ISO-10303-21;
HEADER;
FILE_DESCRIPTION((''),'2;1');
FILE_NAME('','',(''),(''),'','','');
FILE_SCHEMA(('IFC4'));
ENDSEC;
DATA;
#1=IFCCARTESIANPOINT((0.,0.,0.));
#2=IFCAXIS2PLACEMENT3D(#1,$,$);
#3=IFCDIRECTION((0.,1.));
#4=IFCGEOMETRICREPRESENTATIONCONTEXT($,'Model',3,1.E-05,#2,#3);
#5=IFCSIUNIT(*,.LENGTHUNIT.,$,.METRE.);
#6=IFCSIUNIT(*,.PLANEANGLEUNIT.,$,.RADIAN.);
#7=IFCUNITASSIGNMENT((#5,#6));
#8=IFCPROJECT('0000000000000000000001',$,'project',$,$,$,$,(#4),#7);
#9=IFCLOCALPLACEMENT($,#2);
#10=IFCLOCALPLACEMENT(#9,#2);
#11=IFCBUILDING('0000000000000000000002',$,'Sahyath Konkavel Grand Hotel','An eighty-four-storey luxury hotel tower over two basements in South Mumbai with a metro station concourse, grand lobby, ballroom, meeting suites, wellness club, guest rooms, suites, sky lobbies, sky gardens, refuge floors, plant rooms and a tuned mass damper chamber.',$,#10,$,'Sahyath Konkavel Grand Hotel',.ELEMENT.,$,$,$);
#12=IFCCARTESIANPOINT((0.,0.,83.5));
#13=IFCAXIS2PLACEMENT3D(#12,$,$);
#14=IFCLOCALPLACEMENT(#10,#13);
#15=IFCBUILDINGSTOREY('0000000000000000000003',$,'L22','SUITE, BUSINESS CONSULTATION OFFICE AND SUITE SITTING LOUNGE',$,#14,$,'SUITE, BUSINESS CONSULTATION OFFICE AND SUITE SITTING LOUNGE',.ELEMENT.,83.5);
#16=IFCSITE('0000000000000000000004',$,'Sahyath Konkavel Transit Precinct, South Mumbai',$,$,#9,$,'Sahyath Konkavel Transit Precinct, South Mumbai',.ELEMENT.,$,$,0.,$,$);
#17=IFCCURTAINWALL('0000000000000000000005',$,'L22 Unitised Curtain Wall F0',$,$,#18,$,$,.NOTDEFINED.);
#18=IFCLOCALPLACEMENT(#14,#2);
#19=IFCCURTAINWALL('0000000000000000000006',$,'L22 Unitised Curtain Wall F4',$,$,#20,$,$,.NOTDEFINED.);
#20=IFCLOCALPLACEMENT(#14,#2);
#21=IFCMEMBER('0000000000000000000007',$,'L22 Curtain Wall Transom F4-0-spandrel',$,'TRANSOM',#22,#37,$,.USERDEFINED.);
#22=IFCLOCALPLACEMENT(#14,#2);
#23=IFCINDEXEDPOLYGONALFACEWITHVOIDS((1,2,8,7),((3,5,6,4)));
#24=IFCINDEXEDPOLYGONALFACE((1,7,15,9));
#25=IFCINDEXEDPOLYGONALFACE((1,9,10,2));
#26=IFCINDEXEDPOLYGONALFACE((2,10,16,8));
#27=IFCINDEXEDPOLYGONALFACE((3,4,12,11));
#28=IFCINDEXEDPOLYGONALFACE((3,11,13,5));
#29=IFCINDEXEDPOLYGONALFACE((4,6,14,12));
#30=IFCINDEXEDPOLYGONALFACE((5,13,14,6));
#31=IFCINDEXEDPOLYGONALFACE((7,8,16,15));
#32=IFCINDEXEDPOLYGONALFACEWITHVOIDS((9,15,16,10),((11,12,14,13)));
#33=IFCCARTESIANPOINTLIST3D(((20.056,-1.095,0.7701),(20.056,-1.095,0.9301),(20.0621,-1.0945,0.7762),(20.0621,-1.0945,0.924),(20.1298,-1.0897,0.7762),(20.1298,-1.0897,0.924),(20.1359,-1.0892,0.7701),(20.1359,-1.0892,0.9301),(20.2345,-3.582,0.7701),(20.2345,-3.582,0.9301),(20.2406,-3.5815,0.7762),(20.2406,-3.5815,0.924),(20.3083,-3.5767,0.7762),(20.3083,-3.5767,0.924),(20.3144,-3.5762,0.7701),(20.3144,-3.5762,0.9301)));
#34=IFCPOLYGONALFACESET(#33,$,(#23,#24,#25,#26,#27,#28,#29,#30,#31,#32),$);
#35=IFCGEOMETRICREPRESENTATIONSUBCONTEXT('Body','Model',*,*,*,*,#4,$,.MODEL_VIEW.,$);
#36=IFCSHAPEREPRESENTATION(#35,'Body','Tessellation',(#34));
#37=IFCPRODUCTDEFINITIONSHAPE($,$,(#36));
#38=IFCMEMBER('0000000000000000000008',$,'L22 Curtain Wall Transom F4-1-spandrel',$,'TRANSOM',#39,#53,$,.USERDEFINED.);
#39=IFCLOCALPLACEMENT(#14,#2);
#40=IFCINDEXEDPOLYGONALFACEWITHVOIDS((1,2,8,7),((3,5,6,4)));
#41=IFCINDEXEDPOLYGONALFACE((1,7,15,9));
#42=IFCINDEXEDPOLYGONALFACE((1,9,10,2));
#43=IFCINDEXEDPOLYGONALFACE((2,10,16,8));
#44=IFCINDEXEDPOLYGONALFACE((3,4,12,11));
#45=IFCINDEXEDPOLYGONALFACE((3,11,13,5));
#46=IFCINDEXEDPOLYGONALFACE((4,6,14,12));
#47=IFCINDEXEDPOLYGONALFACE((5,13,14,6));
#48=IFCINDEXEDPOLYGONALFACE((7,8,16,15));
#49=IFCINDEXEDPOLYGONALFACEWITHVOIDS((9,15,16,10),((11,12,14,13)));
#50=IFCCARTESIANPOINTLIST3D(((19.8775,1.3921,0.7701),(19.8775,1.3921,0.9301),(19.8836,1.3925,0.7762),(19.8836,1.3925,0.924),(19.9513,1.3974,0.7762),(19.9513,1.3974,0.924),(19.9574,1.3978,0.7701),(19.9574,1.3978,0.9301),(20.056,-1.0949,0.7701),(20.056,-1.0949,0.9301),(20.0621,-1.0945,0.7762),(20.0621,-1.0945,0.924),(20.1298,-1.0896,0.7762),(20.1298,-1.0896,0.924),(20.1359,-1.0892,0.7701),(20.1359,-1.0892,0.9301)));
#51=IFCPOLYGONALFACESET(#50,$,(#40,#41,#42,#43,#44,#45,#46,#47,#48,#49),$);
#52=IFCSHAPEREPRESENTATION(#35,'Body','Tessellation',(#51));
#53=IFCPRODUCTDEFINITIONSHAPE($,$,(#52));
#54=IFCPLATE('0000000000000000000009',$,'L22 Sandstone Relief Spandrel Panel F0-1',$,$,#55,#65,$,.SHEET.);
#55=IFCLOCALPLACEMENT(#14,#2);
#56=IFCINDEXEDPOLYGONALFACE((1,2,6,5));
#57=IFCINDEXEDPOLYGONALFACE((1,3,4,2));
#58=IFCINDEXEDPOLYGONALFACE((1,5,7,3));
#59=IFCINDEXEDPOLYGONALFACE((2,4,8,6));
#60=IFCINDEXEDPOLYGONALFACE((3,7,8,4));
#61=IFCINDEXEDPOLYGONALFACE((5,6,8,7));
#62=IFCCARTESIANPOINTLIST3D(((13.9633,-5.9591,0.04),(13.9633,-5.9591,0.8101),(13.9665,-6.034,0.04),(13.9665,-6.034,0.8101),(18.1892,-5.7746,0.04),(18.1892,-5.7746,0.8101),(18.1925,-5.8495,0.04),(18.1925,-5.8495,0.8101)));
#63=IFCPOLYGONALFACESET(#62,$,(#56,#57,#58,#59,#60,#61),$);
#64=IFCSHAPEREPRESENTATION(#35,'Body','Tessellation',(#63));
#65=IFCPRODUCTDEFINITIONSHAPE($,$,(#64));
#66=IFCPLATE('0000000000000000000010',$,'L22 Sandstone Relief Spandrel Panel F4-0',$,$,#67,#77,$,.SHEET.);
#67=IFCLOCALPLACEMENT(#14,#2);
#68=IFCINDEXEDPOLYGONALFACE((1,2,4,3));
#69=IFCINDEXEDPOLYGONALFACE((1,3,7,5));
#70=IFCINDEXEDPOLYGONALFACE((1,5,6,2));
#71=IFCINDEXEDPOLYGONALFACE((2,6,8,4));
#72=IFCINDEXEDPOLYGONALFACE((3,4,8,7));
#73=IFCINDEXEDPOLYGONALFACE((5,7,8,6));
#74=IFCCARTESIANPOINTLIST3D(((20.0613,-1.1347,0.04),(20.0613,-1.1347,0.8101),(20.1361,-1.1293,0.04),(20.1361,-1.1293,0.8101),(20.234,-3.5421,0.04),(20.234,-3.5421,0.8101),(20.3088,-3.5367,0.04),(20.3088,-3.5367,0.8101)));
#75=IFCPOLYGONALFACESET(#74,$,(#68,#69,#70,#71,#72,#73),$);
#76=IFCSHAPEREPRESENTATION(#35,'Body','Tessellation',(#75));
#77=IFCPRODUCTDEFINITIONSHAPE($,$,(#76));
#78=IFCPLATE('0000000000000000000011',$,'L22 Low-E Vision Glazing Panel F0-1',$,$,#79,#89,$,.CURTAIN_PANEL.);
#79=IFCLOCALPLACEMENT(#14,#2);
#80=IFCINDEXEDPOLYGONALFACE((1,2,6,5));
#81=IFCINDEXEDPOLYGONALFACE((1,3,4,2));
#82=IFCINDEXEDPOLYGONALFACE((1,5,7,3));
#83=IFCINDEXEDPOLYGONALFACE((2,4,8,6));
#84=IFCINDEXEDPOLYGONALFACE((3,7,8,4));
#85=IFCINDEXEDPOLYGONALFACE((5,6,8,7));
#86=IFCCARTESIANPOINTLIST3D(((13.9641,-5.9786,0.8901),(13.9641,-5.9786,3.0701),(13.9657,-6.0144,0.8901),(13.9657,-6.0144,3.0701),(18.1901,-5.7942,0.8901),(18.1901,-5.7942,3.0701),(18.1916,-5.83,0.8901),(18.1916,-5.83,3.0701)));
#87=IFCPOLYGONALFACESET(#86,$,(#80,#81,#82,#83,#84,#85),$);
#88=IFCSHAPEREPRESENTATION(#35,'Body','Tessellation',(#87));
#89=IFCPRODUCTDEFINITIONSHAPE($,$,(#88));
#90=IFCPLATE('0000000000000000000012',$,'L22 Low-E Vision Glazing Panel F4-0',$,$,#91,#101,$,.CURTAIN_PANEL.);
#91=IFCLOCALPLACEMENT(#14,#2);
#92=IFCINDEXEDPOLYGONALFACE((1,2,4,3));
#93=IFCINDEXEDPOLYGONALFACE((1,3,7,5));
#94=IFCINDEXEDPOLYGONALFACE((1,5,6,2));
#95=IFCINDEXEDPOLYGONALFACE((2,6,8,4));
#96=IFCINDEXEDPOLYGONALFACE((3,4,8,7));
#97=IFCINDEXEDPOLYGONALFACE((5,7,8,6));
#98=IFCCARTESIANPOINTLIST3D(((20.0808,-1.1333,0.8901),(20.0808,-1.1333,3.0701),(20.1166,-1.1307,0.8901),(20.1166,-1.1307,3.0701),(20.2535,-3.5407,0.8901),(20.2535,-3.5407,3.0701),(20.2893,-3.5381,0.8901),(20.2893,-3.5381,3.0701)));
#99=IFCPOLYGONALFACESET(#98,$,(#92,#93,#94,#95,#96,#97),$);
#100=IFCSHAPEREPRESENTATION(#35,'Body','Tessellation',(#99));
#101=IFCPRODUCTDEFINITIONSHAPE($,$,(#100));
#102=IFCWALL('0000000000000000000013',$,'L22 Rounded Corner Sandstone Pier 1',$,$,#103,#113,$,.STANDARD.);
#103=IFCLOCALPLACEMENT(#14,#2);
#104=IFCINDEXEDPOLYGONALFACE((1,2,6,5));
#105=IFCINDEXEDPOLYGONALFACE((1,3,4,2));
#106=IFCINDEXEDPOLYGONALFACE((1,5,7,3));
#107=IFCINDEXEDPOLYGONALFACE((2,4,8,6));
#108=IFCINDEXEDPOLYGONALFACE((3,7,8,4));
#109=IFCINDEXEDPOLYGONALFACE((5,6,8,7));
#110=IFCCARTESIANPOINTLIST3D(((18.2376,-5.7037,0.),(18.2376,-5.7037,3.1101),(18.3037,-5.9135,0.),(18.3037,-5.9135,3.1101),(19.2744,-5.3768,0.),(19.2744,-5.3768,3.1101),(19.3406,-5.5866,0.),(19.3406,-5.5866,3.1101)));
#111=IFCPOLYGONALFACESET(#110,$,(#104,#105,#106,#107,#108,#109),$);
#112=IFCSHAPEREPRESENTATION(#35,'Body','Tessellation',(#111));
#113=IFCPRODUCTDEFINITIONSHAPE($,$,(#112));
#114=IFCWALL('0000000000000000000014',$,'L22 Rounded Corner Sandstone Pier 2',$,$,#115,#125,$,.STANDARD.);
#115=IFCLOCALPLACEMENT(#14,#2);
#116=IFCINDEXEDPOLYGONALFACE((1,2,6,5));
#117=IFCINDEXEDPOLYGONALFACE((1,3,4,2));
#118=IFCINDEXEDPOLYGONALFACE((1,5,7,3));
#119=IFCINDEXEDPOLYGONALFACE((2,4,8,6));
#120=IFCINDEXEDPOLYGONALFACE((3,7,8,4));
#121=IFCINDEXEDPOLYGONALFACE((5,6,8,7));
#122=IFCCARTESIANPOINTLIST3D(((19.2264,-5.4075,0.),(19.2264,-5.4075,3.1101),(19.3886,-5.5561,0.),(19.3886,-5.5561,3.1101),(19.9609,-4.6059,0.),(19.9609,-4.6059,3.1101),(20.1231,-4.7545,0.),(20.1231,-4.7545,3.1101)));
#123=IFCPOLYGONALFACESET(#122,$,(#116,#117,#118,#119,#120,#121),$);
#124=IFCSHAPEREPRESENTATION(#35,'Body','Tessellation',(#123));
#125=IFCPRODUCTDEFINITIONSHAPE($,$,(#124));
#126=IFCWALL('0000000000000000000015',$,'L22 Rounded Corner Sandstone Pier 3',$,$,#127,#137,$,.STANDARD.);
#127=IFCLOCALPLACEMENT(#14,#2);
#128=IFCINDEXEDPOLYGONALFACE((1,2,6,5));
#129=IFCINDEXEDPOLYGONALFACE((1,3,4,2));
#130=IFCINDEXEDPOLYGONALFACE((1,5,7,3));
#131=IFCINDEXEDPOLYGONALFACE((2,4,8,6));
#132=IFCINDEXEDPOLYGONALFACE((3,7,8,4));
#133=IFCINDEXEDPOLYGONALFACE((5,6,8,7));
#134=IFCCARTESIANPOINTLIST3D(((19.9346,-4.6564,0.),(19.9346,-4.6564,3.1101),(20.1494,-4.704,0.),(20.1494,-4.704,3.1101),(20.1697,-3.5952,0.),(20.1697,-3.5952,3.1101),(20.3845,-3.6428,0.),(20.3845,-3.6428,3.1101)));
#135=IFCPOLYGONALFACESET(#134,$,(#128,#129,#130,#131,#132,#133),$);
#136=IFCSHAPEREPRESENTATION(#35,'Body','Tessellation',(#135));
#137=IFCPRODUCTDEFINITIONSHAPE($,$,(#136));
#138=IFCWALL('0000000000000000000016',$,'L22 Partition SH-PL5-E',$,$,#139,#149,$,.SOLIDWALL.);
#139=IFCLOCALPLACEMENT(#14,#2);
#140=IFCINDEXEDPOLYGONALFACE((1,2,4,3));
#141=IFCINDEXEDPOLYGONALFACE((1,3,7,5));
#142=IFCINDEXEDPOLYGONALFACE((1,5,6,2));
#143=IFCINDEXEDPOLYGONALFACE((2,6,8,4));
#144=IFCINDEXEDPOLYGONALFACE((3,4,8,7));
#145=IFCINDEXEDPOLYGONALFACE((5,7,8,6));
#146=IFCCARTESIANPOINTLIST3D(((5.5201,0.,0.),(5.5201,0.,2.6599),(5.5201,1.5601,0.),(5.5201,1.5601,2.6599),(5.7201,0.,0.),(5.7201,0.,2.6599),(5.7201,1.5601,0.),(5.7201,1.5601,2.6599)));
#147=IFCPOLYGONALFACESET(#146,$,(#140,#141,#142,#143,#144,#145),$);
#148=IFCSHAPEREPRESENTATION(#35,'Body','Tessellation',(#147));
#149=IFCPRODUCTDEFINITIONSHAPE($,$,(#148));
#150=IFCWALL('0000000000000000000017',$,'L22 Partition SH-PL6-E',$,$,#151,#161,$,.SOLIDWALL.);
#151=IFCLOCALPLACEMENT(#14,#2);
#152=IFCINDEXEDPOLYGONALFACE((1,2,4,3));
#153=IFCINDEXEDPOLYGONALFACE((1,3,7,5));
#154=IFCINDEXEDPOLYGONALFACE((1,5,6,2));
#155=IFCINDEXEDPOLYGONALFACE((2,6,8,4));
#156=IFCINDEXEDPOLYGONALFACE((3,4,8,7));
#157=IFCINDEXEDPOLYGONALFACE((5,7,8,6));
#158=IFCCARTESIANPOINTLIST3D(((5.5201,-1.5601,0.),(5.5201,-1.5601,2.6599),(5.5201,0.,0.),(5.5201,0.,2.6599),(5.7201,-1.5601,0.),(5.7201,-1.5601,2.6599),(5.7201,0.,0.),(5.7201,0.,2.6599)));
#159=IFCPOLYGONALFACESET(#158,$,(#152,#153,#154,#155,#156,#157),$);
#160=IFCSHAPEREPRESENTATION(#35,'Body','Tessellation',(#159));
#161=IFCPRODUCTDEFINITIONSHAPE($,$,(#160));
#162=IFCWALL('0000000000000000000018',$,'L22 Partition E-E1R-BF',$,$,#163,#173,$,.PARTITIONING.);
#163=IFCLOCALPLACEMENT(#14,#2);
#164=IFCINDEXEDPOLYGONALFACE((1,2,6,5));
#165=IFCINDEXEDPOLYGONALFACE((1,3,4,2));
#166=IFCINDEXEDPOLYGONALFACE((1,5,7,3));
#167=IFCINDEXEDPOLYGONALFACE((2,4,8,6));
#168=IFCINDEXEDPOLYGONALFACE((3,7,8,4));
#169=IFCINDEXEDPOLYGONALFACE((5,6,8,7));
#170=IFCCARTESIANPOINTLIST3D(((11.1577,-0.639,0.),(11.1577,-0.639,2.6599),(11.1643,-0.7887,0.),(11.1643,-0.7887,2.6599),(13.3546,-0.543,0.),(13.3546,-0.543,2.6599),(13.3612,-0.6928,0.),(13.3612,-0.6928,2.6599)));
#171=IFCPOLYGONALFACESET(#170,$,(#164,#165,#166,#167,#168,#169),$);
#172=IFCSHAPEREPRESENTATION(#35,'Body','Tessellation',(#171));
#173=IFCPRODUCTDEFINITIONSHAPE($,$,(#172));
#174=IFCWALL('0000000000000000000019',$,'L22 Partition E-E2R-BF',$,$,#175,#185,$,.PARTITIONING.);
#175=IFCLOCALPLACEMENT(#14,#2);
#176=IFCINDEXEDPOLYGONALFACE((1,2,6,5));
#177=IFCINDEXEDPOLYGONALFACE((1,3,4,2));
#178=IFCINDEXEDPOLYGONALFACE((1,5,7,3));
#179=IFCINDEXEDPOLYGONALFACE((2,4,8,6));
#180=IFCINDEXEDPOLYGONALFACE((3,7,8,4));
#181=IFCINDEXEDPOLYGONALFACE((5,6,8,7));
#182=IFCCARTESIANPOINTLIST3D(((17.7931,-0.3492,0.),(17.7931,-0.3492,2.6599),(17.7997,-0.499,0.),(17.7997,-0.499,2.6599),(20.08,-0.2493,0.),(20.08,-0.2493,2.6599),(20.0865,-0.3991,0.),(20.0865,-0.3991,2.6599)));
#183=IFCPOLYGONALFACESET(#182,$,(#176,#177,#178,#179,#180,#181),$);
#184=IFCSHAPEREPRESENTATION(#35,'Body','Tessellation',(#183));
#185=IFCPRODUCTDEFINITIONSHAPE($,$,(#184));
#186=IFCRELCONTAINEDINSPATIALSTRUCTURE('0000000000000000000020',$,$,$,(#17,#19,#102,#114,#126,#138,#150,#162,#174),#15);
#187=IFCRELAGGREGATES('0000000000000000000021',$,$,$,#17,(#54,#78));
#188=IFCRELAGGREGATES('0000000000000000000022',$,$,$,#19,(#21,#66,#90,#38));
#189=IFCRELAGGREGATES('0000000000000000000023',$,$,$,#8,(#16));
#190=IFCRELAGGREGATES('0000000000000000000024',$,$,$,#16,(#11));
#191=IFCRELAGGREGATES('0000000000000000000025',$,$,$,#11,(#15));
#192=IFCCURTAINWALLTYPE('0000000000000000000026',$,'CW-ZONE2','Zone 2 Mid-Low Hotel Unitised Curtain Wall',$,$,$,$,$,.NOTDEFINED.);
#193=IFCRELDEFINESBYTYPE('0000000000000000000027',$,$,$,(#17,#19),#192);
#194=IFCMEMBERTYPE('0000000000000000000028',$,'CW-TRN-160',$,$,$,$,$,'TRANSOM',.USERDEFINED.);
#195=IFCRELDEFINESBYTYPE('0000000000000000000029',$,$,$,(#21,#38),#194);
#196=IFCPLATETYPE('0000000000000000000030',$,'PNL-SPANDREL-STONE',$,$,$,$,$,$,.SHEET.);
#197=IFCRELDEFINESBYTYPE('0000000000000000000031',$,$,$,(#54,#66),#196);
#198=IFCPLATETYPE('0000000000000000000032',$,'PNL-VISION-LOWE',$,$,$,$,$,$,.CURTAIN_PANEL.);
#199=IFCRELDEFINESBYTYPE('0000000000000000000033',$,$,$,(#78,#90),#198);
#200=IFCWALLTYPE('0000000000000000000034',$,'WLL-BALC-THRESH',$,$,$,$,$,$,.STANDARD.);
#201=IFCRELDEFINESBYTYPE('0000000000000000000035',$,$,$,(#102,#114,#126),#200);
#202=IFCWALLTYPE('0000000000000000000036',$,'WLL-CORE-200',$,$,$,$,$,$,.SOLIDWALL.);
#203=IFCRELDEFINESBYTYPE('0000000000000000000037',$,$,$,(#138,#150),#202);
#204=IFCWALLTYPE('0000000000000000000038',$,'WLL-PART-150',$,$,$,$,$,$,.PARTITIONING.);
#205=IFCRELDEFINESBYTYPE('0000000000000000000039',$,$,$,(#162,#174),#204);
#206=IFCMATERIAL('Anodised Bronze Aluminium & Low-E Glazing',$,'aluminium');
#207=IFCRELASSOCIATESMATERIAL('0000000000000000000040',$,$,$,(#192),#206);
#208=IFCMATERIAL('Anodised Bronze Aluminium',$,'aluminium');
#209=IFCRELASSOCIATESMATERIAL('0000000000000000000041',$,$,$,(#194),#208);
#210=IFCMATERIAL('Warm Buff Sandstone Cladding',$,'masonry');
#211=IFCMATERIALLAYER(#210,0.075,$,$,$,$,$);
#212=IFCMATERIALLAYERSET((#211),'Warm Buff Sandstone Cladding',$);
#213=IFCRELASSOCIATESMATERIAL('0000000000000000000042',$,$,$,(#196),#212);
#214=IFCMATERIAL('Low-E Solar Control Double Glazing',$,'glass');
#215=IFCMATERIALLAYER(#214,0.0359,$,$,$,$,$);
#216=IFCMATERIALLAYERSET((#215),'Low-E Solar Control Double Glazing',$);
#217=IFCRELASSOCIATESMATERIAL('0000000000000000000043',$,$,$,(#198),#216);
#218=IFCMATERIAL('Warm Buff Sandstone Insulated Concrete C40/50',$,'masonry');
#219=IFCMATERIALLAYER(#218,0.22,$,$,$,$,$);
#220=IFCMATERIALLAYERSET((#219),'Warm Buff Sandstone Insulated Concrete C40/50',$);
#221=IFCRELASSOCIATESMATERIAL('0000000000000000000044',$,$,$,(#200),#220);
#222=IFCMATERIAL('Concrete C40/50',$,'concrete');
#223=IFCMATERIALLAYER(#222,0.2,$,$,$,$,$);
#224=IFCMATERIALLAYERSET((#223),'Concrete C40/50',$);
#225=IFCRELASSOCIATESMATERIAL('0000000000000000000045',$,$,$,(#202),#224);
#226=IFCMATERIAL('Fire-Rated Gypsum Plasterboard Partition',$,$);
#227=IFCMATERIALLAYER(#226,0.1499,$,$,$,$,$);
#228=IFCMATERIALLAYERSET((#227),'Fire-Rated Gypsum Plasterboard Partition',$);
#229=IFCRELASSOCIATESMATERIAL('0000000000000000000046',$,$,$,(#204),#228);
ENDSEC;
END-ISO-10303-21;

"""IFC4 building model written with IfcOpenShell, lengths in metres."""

from ifc_helpers import new_model, si_unit, direction, frame, frame_2d, origin, origin_2d, place, context, subcontext, project, spatial, rectangle, hollow_rectangle, extrude, source, transform, mapped, material, layer, layer_set, material_profile, profile_set, type_object, element, aggregate, save


model = new_model("IFC4")

# Units and contexts
model_context = context("Model", 3, precision=1e-05, world=origin(), true_north=direction((0.0, 1.0)))
body_context = subcontext(model_context, "Body", "Model", "MODEL_VIEW")
ifc_project = project(units=[si_unit("LENGTHUNIT", "METRE"), si_unit("PLANEANGLEUNIT", "RADIAN")], contexts=[model_context])

# Site, building, storey
site_placement = place(None, origin())
site = spatial("IfcSite", under=ifc_project, at=site_placement, Name="Sahyath Konkavel Transit Precinct, South Mumbai", LongName="Sahyath Konkavel Transit Precinct, South Mumbai", CompositionType="ELEMENT", RefElevation=0.0)
building_placement = place(site_placement, origin())
building = spatial("IfcBuilding", under=site, at=building_placement, Name="Sahyath Konkavel Grand Hotel", Description="An eighty-four-storey luxury hotel tower over two basements in South Mumbai with a metro station concourse, grand lobby, ballroom, meeting suites, wellness club, guest rooms, suites, sky lobbies, sky gardens, refuge floors, plant rooms and a tuned mass damper chamber.", LongName="Sahyath Konkavel Grand Hotel", CompositionType="ELEMENT")
storey_placement = place(building_placement, frame((0.0, 0.0, 83.5)))
storey = spatial("IfcBuildingStorey", under=building, at=storey_placement, Name="L22", Description="SUITE, BUSINESS CONSULTATION OFFICE AND SUITE SITTING LOUNGE", LongName="SUITE, BUSINESS CONSULTATION OFFICE AND SUITE SITTING LOUNGE", CompositionType="ELEMENT", Elevation=83.5)

# Curtain wall
ifc_material_1 = material(Name="Anodised Bronze Aluminium & Low-E Glazing", Category="aluminium")
curtain_wall_type = type_object("IfcCurtainWallType", Name="CW-ZONE2", Description="Zone 2 Mid-Low Hotel Unitised Curtain Wall", PredefinedType="NOTDEFINED", material=ifc_material_1)
curtain_wall_1_placement = place(storey_placement, origin())
curtain_wall_1 = element("IfcCurtainWall", 1, at=curtain_wall_1_placement, inside=storey, type_object=curtain_wall_type, Name="L22 Unitised Curtain Wall F0", PredefinedType="NOTDEFINED")
ifc_material_2 = material(Name="Anodised Bronze Aluminium", Category="aluminium")

# Curtain wall
curtain_wall_2_placement = place(storey_placement, origin())
curtain_wall_2 = element("IfcCurtainWall", 2, at=curtain_wall_2_placement, inside=storey, type_object=curtain_wall_type, Name="L22 Unitised Curtain Wall F4", PredefinedType="NOTDEFINED")

# Members
ifc_material_profile_1 = material_profile(ifc_material_2, hollow_rectangle(XDim=0.0801, YDim=0.1599, WallThickness=0.0061, at=origin_2d()), Name="RHS 160x80x6")
ifc_profile_set_1 = profile_set([ifc_material_profile_1], Name="Anodised Bronze Aluminium")
member_type_1 = type_object("IfcMemberType", Name="CW-TRN-160", ElementType="TRANSOM", PredefinedType="USERDEFINED", material=ifc_profile_set_1)
shared_shape_1 = source(origin(), body_context, "Body", "SweptSolid", [
    extrude(hollow_rectangle(XDim=0.0801, YDim=0.1599, WallThickness=0.0061, at=origin_2d()), origin(), (0.0, 0.0, 1.0), 2.4934),
])
member_1_placement = place(storey_placement, frame((20.2744, -3.5791, 0.8501), z_axis=(-0.071574, 0.997435, 0.0), x_axis=(-0.997435, -0.071574, 0.0)))
member_1 = element("IfcMember", 3, at=member_1_placement, type_object=member_type_1, Name="L22 Curtain Wall Transom F4-0-spandrel", ObjectType="TRANSOM", PredefinedType="USERDEFINED", context=body_context, shape_type="MappedRepresentation", body=[
    mapped(shared_shape_1, transform((0.0, 0.0, 0.0), scale=1.0)),
])
member_2_placement = place(storey_placement, frame((20.0959, -1.092, 0.8501), z_axis=(-0.071574, 0.997435, 0.0), x_axis=(-0.997435, -0.071574, 0.0)))
member_2 = element("IfcMember", 4, at=member_2_placement, type_object=member_type_1, Name="L22 Curtain Wall Transom F4-1-spandrel", ObjectType="TRANSOM", PredefinedType="USERDEFINED", context=body_context, shape_type="MappedRepresentation", body=[
    mapped(shared_shape_1, transform((0.0, 0.0, 0.0), scale=1.0)),
])

# Plates
ifc_material_3 = material(Name="Warm Buff Sandstone Cladding", Category="masonry")
ifc_layer_1 = layer(ifc_material_3, 0.075)
ifc_layer_set_1 = layer_set([ifc_layer_1], Name="Warm Buff Sandstone Cladding")
plate_type_1 = type_object("IfcPlateType", Name="PNL-SPANDREL-STONE", PredefinedType="SHEET", material=ifc_layer_set_1)
shared_shape_2 = source(origin(), body_context, "Body", "SweptSolid", [
    extrude(rectangle(XDim=4.23, YDim=0.075, at=origin_2d()), origin(), (0.0, 0.0, 1.0), 0.77),
])
plate_1_placement = place(storey_placement, frame((16.0779, -5.9043, 0.04), z_axis=(0.0, 0.0, 1.0), x_axis=(0.999049, 0.043602, 0.0)))
plate_1 = element("IfcPlate", 5, at=plate_1_placement, type_object=plate_type_1, Name="L22 Sandstone Relief Spandrel Panel F0-1", PredefinedType="SHEET", context=body_context, shape_type="MappedRepresentation", body=[
    mapped(shared_shape_2, transform((0.0, 0.0, 0.0), scale=1.0)),
])
shared_shape_3 = source(origin(), body_context, "Body", "SweptSolid", [
    extrude(rectangle(XDim=2.4136, YDim=0.075, at=origin_2d()), origin(), (0.0, 0.0, 1.0), 0.77),
])
plate_2_placement = place(storey_placement, frame((20.1851, -2.3357, 0.04), z_axis=(0.0, 0.0, 1.0), x_axis=(-0.071567, 0.997436, 0.0)))
plate_2 = element("IfcPlate", 6, at=plate_2_placement, type_object=plate_type_1, Name="L22 Sandstone Relief Spandrel Panel F4-0", PredefinedType="SHEET", context=body_context, shape_type="MappedRepresentation", body=[
    mapped(shared_shape_3, transform((0.0, 0.0, 0.0), scale=1.0)),
])
ifc_material_4 = material(Name="Low-E Solar Control Double Glazing", Category="glass")
ifc_layer_2 = layer(ifc_material_4, 0.0359)
ifc_layer_set_2 = layer_set([ifc_layer_2], Name="Low-E Solar Control Double Glazing")
plate_type_2 = type_object("IfcPlateType", Name="PNL-VISION-LOWE", PredefinedType="CURTAIN_PANEL", material=ifc_layer_set_2)
shared_shape_4 = source(origin(), body_context, "Body", "SweptSolid", [
    extrude(rectangle(XDim=4.23, YDim=0.0359, at=origin_2d()), origin(), (0.0, 0.0, 1.0), 2.1799),
])
plate_3_placement = place(storey_placement, frame((16.0779, -5.9043, 0.8901), z_axis=(0.0, 0.0, 1.0), x_axis=(0.999049, 0.043602, 0.0)))
plate_3 = element("IfcPlate", 7, at=plate_3_placement, type_object=plate_type_2, Name="L22 Low-E Vision Glazing Panel F0-1", PredefinedType="CURTAIN_PANEL", context=body_context, shape_type="MappedRepresentation", body=[
    mapped(shared_shape_4, transform((0.0, 0.0, 0.0), scale=1.0)),
])
aggregate(curtain_wall_1, [plate_1, plate_3])
shared_shape_5 = source(origin(), body_context, "Body", "SweptSolid", [
    extrude(rectangle(XDim=2.4136, YDim=0.0359, at=origin_2d()), origin(), (0.0, 0.0, 1.0), 2.1799),
])
plate_4_placement = place(storey_placement, frame((20.1851, -2.3357, 0.8901), z_axis=(0.0, 0.0, 1.0), x_axis=(-0.071567, 0.997436, 0.0)))
plate_4 = element("IfcPlate", 8, at=plate_4_placement, type_object=plate_type_2, Name="L22 Low-E Vision Glazing Panel F4-0", PredefinedType="CURTAIN_PANEL", context=body_context, shape_type="MappedRepresentation", body=[
    mapped(shared_shape_5, transform((0.0, 0.0, 0.0), scale=1.0)),
])
aggregate(curtain_wall_2, [member_1, plate_2, plate_4, member_2])

# Walls
ifc_material_5 = material(Name="Warm Buff Sandstone Insulated Concrete C40/50", Category="masonry")
ifc_layer_3 = layer(ifc_material_5, 0.22)
ifc_layer_set_3 = layer_set([ifc_layer_3], Name="Warm Buff Sandstone Insulated Concrete C40/50")
wall_type_1 = type_object("IfcWallType", Name="WLL-BALC-THRESH", PredefinedType="STANDARD", material=ifc_layer_set_3)
for number, where, z_axis, x_axis, name in (
    (9, (18.2708, -5.8086, 0.0), (0.0, 0.0, 1.0), (0.953722, 0.300691, 0.0), "L22 Rounded Corner Sandstone Pier 1"),
    (10, (19.3076, -5.4817, 0.0), (0.0, 0.0, 1.0), (0.675552, 0.737313, 0.0), "L22 Rounded Corner Sandstone Pier 2"),
):
    element("IfcWall", number, at=place(storey_placement, frame(where, z_axis=z_axis, x_axis=x_axis)), inside=storey, type_object=wall_type_1, Name=name, PredefinedType="STANDARD", context=body_context, shape_type="SweptSolid", body=[
        extrude(rectangle(XDim=1.0872, YDim=0.22, at=frame_2d((0.5435, 0.0))), origin(), (0.0, 0.0, 1.0), 3.1101),
    ])
wall_1_placement = place(storey_placement, frame((20.042, -4.6802, 0.0), z_axis=(0.0, 0.0, 1.0), x_axis=(0.216288, 0.97633, 0.0)))
element("IfcWall", 11, at=wall_1_placement, inside=storey, type_object=wall_type_1, Name="L22 Rounded Corner Sandstone Pier 3", PredefinedType="STANDARD", context=body_context, shape_type="SweptSolid", body=[
    extrude(rectangle(XDim=1.0869, YDim=0.22, at=frame_2d((0.5435, 0.0))), origin(), (0.0, 0.0, 1.0), 3.1101),
])
ifc_material_6 = material(Name="Concrete C40/50", Category="concrete")
ifc_layer_4 = layer(ifc_material_6, 0.2)
ifc_layer_set_4 = layer_set([ifc_layer_4], Name="Concrete C40/50")
wall_type_2 = type_object("IfcWallType", Name="WLL-CORE-200", PredefinedType="SOLIDWALL", material=ifc_layer_set_4)
for number, where, z_axis, x_axis, name in (
    (12, (5.6201, 0.0, 0.0), (0.0, 0.0, 1.0), (0.0, 1.0, 0.0), "L22 Partition SH-PL5-E"),
    (13, (5.6201, -1.5601, 0.0), (0.0, 0.0, 1.0), (0.0, 1.0, 0.0), "L22 Partition SH-PL6-E"),
):
    element("IfcWall", number, at=place(storey_placement, frame(where, z_axis=z_axis, x_axis=x_axis)), inside=storey, type_object=wall_type_2, Name=name, PredefinedType="SOLIDWALL", context=body_context, shape_type="SweptSolid", body=[
        extrude(rectangle(XDim=1.5601, YDim=0.2, at=frame_2d((0.78, 0.0))), origin(), (0.0, 0.0, 1.0), 2.6599),
    ])
ifc_material_7 = material(Name="Fire-Rated Gypsum Plasterboard Partition")
ifc_layer_5 = layer(ifc_material_7, 0.1499)
ifc_layer_set_5 = layer_set([ifc_layer_5], Name="Fire-Rated Gypsum Plasterboard Partition")
wall_type_3 = type_object("IfcWallType", Name="WLL-PART-150", PredefinedType="PARTITIONING", material=ifc_layer_set_5)
wall_2_placement = place(storey_placement, frame((11.1609, -0.7139, 0.0), z_axis=(0.0, 0.0, 1.0), x_axis=(0.999048, 0.043635, 0.0)))
element("IfcWall", 14, at=wall_2_placement, inside=storey, type_object=wall_type_3, Name="L22 Partition E-E1R-BF", PredefinedType="PARTITIONING", context=body_context, shape_type="SweptSolid", body=[
    extrude(rectangle(XDim=2.199, YDim=0.1499, at=frame_2d((1.0996, 0.0))), origin(), (0.0, 0.0, 1.0), 2.6599),
])
wall_3_placement = place(storey_placement, frame((17.7964, -0.4241, 0.0), z_axis=(0.0, 0.0, 1.0), x_axis=(0.999048, 0.043622, 0.0)))
element("IfcWall", 15, at=wall_3_placement, inside=storey, type_object=wall_type_3, Name="L22 Partition E-E2R-BF", PredefinedType="PARTITIONING", context=body_context, shape_type="SweptSolid", body=[
    extrude(rectangle(XDim=2.2891, YDim=0.1499, at=frame_2d((1.1445, 0.0))), origin(), (0.0, 0.0, 1.0), 2.6599),
])

save(model, "model.ifc")
